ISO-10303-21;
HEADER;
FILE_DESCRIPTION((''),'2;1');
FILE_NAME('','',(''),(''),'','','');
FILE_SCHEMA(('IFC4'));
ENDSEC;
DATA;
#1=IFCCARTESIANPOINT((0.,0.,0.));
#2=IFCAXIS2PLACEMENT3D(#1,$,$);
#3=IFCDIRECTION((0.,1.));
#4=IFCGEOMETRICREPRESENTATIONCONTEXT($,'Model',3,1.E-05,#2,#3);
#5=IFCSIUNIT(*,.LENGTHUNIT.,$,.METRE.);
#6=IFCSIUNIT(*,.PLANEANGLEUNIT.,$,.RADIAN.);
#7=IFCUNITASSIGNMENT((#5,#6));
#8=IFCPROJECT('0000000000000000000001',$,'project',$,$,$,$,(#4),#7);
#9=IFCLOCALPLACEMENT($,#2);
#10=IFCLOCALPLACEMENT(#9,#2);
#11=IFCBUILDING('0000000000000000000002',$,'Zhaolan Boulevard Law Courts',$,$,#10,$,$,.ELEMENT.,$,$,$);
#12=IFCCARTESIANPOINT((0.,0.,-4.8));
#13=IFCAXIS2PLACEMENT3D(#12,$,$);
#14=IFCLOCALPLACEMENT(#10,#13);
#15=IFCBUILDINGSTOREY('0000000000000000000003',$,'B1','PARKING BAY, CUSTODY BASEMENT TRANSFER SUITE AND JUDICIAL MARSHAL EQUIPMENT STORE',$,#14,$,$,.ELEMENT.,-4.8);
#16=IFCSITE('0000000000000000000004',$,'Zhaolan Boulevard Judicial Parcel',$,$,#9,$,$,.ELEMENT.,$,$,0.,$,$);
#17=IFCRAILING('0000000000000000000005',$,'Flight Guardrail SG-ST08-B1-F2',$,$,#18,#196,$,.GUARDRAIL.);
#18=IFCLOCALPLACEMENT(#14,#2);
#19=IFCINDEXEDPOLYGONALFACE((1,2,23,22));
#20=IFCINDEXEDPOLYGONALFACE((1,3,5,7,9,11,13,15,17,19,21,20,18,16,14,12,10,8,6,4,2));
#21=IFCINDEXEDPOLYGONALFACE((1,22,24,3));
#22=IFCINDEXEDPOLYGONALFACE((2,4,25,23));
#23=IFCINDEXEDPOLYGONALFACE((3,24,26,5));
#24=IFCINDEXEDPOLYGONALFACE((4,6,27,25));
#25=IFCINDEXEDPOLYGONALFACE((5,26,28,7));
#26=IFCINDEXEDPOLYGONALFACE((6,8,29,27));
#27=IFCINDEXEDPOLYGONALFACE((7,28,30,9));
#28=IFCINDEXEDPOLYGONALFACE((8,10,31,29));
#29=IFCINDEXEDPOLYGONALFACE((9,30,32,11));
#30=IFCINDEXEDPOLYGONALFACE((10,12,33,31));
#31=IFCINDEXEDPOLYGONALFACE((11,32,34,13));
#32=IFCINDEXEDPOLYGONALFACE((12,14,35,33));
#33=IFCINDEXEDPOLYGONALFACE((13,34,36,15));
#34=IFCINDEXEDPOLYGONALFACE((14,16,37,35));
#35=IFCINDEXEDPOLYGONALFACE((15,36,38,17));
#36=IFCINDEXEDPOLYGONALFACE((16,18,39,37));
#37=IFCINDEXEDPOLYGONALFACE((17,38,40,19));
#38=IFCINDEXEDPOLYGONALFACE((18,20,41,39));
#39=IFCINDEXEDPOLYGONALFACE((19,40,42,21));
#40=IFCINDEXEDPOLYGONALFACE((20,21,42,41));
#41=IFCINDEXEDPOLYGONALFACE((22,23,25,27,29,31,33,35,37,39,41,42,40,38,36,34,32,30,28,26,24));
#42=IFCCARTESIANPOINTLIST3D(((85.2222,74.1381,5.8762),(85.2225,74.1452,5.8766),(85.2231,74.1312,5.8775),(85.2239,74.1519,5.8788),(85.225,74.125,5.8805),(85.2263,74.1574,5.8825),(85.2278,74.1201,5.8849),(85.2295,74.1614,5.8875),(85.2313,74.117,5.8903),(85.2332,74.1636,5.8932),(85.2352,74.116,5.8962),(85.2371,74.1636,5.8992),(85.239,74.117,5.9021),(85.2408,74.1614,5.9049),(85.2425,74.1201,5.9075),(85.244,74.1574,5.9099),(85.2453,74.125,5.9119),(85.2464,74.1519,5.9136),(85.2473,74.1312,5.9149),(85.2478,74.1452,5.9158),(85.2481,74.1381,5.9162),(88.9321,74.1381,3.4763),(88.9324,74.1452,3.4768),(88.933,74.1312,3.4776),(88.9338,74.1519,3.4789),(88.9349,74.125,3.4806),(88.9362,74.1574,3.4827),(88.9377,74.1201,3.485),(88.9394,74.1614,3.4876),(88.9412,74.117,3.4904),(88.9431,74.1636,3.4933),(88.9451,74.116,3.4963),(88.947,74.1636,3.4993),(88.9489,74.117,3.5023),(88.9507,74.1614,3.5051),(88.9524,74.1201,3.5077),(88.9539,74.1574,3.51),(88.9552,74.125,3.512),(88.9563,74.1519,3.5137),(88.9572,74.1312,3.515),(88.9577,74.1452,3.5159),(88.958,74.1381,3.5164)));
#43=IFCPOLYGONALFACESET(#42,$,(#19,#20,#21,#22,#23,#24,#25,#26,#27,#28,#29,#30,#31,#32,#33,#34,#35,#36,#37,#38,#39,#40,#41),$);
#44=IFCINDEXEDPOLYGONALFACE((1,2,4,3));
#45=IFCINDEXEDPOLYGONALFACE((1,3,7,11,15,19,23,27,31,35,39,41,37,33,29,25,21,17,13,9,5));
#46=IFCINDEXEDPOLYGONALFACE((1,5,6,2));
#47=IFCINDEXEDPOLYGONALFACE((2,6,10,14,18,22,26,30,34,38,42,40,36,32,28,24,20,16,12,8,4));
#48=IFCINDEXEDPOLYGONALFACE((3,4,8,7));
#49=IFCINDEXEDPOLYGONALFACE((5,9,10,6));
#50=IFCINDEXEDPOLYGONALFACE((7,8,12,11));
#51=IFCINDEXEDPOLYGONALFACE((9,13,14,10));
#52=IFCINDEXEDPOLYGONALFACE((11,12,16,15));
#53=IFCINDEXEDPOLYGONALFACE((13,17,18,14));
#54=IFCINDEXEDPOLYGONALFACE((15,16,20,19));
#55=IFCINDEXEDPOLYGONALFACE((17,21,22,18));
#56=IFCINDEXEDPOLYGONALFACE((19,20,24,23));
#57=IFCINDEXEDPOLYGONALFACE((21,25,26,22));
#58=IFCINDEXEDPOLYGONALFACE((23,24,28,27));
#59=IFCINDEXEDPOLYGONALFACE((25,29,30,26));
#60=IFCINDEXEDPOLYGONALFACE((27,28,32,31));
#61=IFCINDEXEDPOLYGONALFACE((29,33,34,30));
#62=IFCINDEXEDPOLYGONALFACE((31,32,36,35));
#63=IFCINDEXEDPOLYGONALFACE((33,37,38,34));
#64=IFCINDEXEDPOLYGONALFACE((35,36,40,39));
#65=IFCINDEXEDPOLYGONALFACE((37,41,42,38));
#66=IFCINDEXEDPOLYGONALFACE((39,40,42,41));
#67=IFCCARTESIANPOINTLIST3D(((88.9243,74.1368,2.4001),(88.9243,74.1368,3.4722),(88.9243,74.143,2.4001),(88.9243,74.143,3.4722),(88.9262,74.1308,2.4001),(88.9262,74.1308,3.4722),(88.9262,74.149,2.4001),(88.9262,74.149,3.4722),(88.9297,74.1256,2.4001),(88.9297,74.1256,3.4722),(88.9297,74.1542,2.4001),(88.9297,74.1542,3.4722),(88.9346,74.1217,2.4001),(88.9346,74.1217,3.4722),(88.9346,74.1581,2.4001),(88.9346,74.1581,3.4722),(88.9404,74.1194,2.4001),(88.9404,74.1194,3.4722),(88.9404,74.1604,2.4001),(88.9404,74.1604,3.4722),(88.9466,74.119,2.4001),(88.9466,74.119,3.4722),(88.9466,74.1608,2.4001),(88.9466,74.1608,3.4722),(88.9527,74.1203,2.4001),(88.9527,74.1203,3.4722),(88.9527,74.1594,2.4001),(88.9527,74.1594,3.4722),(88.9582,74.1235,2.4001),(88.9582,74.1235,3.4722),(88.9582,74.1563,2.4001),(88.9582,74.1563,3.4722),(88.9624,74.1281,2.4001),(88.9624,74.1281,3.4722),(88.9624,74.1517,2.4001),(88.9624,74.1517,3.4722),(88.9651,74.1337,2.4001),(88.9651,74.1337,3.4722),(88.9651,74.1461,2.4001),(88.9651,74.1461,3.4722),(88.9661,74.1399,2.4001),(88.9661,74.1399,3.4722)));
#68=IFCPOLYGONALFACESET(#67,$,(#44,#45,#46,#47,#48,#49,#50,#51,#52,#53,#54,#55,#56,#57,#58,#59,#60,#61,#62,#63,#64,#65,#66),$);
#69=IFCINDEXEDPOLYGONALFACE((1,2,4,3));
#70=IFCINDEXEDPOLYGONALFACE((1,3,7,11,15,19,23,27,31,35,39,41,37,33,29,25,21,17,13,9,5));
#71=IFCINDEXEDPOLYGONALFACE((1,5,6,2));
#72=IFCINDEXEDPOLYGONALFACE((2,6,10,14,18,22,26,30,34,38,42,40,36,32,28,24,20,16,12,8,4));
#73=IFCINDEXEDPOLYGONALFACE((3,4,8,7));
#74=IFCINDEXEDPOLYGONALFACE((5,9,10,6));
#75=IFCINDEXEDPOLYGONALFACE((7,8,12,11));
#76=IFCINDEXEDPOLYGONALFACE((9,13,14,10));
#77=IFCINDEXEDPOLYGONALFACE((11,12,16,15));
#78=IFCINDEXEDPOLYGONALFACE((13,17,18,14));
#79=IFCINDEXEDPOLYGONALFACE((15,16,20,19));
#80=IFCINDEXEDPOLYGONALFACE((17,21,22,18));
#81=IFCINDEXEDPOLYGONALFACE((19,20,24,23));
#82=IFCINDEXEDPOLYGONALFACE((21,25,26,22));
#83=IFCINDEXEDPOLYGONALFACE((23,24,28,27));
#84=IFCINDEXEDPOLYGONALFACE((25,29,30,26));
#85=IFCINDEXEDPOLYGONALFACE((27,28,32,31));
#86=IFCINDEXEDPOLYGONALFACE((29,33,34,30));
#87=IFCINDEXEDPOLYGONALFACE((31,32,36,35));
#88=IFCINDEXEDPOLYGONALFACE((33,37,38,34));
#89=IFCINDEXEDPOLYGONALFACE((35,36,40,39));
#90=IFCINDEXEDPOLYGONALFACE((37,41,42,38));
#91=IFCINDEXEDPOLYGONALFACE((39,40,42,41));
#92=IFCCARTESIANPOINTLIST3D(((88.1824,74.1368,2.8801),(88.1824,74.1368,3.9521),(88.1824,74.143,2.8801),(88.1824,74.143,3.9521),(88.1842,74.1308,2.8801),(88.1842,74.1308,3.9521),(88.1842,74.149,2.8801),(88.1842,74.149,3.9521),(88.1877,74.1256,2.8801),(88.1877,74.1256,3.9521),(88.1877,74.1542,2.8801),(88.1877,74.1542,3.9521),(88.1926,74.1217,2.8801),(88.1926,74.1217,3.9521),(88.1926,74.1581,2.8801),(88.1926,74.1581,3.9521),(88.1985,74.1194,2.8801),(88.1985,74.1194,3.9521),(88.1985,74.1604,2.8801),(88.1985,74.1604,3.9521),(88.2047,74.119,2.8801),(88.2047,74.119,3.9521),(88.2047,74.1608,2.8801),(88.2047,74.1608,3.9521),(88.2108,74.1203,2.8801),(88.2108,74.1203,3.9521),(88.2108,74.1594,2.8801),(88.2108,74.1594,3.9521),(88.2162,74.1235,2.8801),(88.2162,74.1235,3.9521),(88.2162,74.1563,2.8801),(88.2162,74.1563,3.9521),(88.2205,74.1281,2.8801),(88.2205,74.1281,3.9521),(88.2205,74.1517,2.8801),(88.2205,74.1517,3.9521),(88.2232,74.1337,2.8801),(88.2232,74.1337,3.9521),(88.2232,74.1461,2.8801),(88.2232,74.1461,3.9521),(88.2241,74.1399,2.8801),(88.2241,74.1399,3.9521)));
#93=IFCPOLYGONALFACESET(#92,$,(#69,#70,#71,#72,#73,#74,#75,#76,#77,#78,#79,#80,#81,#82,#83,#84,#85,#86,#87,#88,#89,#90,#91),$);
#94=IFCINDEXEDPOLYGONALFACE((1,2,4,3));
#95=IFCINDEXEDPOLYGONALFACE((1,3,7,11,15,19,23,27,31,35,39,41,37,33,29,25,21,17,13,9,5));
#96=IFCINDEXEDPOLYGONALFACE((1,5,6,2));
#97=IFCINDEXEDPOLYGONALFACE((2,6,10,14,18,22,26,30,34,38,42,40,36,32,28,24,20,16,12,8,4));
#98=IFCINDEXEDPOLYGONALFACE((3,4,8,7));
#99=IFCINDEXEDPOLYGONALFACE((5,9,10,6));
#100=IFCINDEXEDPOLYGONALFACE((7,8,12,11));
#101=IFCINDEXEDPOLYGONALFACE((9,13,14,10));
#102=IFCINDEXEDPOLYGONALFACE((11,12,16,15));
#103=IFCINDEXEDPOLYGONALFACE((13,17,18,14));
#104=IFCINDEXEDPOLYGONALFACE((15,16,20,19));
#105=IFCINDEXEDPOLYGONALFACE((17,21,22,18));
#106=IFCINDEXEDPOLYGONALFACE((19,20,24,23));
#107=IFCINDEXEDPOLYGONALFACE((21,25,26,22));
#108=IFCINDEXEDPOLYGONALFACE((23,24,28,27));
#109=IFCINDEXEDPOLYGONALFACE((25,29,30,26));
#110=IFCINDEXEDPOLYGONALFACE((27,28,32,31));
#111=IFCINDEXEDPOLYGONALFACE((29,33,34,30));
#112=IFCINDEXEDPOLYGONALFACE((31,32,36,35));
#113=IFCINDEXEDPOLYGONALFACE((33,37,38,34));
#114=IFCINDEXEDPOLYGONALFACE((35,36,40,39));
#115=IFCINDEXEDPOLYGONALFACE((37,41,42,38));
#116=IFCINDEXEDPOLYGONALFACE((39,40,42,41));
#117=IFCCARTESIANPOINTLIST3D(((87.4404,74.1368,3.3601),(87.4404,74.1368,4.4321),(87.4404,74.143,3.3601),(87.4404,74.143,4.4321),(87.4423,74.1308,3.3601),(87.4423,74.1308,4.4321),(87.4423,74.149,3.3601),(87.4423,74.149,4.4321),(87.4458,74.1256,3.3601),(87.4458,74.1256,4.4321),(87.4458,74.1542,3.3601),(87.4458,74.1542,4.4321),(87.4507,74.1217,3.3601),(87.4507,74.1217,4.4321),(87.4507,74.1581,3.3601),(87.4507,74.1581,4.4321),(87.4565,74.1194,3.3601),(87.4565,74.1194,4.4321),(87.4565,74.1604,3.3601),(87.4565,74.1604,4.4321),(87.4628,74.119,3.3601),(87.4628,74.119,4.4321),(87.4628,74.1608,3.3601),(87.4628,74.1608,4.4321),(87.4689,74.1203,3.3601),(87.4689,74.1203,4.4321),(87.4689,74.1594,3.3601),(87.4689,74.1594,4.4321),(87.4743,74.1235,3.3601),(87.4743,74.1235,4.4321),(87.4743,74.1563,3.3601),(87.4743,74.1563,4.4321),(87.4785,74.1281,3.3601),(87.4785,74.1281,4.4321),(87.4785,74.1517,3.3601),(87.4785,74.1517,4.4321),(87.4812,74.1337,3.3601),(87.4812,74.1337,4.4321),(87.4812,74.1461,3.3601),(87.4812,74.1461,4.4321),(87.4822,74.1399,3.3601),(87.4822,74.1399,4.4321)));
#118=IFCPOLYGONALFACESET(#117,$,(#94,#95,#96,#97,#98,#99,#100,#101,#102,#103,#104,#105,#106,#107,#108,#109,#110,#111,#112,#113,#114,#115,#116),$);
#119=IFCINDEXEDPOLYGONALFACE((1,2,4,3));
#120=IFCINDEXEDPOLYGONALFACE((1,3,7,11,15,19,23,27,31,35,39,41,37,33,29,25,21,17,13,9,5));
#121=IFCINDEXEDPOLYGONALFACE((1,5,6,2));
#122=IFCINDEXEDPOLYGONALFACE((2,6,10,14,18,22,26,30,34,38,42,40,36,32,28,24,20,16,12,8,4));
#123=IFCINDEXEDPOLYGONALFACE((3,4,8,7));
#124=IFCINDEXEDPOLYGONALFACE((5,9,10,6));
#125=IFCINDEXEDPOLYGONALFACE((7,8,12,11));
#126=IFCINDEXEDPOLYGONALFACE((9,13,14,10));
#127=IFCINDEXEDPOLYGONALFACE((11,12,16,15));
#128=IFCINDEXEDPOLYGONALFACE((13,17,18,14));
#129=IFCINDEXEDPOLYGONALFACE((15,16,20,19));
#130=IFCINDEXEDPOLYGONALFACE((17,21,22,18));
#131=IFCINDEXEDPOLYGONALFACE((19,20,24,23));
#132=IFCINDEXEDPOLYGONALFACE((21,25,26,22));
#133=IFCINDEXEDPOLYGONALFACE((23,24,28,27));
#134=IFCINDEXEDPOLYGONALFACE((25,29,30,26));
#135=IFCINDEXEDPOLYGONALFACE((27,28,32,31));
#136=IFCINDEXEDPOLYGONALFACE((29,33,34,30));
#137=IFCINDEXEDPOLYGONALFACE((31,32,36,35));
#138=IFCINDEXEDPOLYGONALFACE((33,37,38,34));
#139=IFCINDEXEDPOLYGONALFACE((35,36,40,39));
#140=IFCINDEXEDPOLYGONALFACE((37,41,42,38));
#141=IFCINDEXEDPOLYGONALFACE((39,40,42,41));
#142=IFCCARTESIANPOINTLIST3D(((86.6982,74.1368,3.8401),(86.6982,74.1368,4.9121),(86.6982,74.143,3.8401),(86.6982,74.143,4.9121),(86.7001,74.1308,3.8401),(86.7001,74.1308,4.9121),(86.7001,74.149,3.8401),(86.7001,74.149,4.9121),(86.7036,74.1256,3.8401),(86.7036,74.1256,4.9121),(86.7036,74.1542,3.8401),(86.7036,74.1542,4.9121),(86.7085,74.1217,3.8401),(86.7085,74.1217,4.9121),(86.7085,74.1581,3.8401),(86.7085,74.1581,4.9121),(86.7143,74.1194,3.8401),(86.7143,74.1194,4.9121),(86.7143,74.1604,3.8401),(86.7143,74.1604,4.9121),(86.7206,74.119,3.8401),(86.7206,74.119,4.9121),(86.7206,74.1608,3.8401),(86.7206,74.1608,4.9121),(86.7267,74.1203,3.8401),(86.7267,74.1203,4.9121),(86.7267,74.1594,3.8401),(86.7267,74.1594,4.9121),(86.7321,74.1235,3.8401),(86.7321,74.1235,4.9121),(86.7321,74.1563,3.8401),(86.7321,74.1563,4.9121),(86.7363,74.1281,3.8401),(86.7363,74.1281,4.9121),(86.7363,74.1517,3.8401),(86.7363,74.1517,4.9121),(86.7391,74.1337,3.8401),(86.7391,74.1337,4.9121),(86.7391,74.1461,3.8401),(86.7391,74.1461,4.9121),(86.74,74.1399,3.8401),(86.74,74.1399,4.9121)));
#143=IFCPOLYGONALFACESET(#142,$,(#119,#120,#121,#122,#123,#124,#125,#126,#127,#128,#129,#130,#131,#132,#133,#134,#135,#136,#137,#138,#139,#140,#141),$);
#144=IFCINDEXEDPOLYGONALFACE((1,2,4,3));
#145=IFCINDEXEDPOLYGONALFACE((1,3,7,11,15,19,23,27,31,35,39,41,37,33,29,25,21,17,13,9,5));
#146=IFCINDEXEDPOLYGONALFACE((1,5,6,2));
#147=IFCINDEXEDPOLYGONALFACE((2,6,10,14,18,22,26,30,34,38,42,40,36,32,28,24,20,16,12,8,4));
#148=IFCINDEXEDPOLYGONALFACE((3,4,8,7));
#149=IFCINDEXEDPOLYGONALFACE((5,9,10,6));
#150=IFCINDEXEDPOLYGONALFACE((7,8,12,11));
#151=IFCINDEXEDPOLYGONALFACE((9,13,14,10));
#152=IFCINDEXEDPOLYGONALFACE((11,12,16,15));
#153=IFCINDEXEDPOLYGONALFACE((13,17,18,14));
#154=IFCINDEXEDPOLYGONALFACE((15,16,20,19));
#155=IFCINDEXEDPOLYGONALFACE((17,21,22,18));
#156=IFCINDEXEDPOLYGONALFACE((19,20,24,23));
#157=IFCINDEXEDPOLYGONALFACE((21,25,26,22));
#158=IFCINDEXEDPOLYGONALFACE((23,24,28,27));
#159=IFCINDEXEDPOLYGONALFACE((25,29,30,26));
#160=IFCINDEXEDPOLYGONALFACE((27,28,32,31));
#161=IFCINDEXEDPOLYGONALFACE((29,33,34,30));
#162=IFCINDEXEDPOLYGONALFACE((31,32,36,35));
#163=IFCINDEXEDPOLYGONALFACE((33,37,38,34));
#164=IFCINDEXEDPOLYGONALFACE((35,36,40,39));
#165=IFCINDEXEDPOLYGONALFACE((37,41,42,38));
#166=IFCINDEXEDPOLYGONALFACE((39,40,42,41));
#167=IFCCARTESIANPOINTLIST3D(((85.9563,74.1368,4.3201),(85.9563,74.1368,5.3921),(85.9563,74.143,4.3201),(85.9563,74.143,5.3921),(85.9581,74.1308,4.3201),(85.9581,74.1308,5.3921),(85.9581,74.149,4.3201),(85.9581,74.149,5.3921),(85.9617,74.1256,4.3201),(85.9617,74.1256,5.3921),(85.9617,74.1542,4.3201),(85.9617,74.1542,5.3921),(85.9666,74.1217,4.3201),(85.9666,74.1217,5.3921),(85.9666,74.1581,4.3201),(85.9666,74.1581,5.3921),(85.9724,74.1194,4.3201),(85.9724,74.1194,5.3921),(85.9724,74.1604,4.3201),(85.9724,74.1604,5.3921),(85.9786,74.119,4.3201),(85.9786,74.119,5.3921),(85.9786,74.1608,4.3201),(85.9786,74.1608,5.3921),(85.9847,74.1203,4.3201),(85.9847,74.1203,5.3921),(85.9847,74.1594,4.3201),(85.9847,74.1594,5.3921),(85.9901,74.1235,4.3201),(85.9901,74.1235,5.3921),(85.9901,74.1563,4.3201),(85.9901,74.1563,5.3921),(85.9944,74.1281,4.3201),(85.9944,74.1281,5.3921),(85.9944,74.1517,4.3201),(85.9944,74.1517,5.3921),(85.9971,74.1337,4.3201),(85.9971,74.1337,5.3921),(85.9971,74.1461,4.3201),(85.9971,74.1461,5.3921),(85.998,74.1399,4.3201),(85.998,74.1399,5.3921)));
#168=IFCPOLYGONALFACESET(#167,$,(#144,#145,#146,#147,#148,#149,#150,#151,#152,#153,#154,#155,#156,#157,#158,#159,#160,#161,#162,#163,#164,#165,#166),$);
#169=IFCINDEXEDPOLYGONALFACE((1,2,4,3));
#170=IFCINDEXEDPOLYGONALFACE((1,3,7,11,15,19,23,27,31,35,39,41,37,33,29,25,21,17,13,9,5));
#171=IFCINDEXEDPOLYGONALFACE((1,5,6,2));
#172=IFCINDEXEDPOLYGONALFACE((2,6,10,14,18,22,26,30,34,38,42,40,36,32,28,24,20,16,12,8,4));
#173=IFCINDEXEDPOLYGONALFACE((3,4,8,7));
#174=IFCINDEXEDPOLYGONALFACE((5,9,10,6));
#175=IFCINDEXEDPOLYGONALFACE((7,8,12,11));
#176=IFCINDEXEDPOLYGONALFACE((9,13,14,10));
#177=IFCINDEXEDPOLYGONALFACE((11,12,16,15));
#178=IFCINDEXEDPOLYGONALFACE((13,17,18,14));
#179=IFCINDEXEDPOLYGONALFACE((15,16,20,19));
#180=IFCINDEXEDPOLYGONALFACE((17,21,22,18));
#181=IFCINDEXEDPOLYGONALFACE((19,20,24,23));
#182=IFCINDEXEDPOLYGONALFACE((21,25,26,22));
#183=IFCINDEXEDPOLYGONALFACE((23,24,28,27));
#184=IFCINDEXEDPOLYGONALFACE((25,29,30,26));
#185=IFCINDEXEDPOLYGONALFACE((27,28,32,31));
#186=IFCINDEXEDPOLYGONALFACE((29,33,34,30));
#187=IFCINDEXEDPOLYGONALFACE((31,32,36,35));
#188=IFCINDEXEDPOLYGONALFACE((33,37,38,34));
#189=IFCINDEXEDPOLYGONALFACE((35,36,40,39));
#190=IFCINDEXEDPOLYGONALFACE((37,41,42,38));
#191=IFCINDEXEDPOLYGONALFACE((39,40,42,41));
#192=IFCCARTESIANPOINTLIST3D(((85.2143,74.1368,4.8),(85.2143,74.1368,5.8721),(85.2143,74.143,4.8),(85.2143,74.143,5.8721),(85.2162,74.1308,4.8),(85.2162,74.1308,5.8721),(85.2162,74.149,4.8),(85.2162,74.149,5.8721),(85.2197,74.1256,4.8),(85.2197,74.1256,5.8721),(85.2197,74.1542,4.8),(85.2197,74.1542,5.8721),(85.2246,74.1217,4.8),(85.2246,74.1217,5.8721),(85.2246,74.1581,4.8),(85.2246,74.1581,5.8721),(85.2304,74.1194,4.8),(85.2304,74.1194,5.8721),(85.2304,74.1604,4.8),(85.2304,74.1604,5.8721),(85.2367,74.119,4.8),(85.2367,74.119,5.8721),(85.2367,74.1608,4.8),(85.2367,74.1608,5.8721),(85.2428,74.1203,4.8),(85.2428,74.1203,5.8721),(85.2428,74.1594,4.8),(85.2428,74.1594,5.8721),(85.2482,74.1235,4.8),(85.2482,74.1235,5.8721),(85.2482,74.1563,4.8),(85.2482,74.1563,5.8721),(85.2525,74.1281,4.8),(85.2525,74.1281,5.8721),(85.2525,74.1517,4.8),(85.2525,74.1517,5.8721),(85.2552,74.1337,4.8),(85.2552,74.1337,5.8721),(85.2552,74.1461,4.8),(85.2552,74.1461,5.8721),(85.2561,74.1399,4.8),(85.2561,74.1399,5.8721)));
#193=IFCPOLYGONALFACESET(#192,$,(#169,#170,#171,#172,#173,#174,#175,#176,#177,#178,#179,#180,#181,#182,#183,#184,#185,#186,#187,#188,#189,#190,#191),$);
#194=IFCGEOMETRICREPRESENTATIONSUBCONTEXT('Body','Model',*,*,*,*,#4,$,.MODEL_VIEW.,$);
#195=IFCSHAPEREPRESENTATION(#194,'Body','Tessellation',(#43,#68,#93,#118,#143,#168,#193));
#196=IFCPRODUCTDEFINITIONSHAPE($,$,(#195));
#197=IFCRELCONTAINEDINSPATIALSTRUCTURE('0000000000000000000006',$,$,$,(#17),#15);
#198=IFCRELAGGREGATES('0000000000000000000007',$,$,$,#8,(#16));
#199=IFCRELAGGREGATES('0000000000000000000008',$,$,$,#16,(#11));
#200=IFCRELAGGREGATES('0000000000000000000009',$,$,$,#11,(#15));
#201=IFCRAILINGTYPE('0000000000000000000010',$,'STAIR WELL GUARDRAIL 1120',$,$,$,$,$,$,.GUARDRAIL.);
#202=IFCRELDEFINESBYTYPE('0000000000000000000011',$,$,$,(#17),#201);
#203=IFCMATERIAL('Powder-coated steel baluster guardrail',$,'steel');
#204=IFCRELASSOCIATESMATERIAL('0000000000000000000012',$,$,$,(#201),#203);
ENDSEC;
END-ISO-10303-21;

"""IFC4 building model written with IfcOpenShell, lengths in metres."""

from ifc_helpers import new_model, si_unit, direction, frame, origin, origin_2d, place, context, subcontext, project, spatial, circle, extrude, material, type_object, element, save


model = new_model("IFC4")

# Units and contexts
model_context = context("Model", 3, precision=1e-05, world=origin(), true_north=direction((0.0, 1.0)))
body_context = subcontext(model_context, "Body", "Model", "MODEL_VIEW")
ifc_project = project(units=[si_unit("LENGTHUNIT", "METRE"), si_unit("PLANEANGLEUNIT", "RADIAN")], contexts=[model_context])

# Site, building, storey
site_placement = place(None, origin())
site = spatial("IfcSite", under=ifc_project, at=site_placement, Name="Zhaolan Boulevard Judicial Parcel", CompositionType="ELEMENT", RefElevation=0.0)
building_placement = place(site_placement, origin())
building = spatial("IfcBuilding", under=site, at=building_placement, Name="Zhaolan Boulevard Law Courts", CompositionType="ELEMENT")
storey_placement = place(building_placement, frame((0.0, 0.0, -4.8)))
storey = spatial("IfcBuildingStorey", under=building, at=storey_placement, Name="B1", Description="PARKING BAY, CUSTODY BASEMENT TRANSFER SUITE AND JUDICIAL MARSHAL EQUIPMENT STORE", CompositionType="ELEMENT", Elevation=-4.8)

# Railing
ifc_material_1 = material(Name="Powder-coated steel baluster guardrail", Category="steel")
railing_type_1 = type_object("IfcRailingType", Name="STAIR WELL GUARDRAIL 1120", PredefinedType="GUARDRAIL", material=ifc_material_1)
railing_1_placement = place(storey_placement, frame((88.9451, 74.1399, 2.4001)))
element("IfcRailing", 1, at=railing_1_placement, inside=storey, type_object=railing_type_1, Name="Flight Guardrail SG-ST08-B1-F2", PredefinedType="GUARDRAIL", context=body_context, shape_type="SweptSolid", body=[
    extrude(circle(Radius=0.0239, at=origin_2d()), frame((0.0, 0.0, 1.0962), z_axis=(-0.839638, 0.0, 0.543146), x_axis=(0.0, -1.0, 0.0)), (0.0, 0.0, 1.0), 4.4185),
    extrude(circle(Radius=0.021, at=origin_2d()), origin(), (0.0, 0.0, 1.0), 1.072),
    extrude(circle(Radius=0.021, at=origin_2d()), frame((-0.7419, 0.0, 0.48)), (0.0, 0.0, 1.0), 1.072),
    extrude(circle(Radius=0.021, at=origin_2d()), frame((-1.4839, 0.0, 0.96)), (0.0, 0.0, 1.0), 1.072),
    extrude(circle(Radius=0.021, at=origin_2d()), frame((-2.2261, 0.0, 1.4399)), (0.0, 0.0, 1.0), 1.072),
    extrude(circle(Radius=0.021, at=origin_2d()), frame((-2.968, 0.0, 1.9199)), (0.0, 0.0, 1.0), 1.072),
    extrude(circle(Radius=0.021, at=origin_2d()), frame((-3.71, 0.0, 2.3999)), (0.0, 0.0, 1.0), 1.072),
])

save(model, "model.ifc")
